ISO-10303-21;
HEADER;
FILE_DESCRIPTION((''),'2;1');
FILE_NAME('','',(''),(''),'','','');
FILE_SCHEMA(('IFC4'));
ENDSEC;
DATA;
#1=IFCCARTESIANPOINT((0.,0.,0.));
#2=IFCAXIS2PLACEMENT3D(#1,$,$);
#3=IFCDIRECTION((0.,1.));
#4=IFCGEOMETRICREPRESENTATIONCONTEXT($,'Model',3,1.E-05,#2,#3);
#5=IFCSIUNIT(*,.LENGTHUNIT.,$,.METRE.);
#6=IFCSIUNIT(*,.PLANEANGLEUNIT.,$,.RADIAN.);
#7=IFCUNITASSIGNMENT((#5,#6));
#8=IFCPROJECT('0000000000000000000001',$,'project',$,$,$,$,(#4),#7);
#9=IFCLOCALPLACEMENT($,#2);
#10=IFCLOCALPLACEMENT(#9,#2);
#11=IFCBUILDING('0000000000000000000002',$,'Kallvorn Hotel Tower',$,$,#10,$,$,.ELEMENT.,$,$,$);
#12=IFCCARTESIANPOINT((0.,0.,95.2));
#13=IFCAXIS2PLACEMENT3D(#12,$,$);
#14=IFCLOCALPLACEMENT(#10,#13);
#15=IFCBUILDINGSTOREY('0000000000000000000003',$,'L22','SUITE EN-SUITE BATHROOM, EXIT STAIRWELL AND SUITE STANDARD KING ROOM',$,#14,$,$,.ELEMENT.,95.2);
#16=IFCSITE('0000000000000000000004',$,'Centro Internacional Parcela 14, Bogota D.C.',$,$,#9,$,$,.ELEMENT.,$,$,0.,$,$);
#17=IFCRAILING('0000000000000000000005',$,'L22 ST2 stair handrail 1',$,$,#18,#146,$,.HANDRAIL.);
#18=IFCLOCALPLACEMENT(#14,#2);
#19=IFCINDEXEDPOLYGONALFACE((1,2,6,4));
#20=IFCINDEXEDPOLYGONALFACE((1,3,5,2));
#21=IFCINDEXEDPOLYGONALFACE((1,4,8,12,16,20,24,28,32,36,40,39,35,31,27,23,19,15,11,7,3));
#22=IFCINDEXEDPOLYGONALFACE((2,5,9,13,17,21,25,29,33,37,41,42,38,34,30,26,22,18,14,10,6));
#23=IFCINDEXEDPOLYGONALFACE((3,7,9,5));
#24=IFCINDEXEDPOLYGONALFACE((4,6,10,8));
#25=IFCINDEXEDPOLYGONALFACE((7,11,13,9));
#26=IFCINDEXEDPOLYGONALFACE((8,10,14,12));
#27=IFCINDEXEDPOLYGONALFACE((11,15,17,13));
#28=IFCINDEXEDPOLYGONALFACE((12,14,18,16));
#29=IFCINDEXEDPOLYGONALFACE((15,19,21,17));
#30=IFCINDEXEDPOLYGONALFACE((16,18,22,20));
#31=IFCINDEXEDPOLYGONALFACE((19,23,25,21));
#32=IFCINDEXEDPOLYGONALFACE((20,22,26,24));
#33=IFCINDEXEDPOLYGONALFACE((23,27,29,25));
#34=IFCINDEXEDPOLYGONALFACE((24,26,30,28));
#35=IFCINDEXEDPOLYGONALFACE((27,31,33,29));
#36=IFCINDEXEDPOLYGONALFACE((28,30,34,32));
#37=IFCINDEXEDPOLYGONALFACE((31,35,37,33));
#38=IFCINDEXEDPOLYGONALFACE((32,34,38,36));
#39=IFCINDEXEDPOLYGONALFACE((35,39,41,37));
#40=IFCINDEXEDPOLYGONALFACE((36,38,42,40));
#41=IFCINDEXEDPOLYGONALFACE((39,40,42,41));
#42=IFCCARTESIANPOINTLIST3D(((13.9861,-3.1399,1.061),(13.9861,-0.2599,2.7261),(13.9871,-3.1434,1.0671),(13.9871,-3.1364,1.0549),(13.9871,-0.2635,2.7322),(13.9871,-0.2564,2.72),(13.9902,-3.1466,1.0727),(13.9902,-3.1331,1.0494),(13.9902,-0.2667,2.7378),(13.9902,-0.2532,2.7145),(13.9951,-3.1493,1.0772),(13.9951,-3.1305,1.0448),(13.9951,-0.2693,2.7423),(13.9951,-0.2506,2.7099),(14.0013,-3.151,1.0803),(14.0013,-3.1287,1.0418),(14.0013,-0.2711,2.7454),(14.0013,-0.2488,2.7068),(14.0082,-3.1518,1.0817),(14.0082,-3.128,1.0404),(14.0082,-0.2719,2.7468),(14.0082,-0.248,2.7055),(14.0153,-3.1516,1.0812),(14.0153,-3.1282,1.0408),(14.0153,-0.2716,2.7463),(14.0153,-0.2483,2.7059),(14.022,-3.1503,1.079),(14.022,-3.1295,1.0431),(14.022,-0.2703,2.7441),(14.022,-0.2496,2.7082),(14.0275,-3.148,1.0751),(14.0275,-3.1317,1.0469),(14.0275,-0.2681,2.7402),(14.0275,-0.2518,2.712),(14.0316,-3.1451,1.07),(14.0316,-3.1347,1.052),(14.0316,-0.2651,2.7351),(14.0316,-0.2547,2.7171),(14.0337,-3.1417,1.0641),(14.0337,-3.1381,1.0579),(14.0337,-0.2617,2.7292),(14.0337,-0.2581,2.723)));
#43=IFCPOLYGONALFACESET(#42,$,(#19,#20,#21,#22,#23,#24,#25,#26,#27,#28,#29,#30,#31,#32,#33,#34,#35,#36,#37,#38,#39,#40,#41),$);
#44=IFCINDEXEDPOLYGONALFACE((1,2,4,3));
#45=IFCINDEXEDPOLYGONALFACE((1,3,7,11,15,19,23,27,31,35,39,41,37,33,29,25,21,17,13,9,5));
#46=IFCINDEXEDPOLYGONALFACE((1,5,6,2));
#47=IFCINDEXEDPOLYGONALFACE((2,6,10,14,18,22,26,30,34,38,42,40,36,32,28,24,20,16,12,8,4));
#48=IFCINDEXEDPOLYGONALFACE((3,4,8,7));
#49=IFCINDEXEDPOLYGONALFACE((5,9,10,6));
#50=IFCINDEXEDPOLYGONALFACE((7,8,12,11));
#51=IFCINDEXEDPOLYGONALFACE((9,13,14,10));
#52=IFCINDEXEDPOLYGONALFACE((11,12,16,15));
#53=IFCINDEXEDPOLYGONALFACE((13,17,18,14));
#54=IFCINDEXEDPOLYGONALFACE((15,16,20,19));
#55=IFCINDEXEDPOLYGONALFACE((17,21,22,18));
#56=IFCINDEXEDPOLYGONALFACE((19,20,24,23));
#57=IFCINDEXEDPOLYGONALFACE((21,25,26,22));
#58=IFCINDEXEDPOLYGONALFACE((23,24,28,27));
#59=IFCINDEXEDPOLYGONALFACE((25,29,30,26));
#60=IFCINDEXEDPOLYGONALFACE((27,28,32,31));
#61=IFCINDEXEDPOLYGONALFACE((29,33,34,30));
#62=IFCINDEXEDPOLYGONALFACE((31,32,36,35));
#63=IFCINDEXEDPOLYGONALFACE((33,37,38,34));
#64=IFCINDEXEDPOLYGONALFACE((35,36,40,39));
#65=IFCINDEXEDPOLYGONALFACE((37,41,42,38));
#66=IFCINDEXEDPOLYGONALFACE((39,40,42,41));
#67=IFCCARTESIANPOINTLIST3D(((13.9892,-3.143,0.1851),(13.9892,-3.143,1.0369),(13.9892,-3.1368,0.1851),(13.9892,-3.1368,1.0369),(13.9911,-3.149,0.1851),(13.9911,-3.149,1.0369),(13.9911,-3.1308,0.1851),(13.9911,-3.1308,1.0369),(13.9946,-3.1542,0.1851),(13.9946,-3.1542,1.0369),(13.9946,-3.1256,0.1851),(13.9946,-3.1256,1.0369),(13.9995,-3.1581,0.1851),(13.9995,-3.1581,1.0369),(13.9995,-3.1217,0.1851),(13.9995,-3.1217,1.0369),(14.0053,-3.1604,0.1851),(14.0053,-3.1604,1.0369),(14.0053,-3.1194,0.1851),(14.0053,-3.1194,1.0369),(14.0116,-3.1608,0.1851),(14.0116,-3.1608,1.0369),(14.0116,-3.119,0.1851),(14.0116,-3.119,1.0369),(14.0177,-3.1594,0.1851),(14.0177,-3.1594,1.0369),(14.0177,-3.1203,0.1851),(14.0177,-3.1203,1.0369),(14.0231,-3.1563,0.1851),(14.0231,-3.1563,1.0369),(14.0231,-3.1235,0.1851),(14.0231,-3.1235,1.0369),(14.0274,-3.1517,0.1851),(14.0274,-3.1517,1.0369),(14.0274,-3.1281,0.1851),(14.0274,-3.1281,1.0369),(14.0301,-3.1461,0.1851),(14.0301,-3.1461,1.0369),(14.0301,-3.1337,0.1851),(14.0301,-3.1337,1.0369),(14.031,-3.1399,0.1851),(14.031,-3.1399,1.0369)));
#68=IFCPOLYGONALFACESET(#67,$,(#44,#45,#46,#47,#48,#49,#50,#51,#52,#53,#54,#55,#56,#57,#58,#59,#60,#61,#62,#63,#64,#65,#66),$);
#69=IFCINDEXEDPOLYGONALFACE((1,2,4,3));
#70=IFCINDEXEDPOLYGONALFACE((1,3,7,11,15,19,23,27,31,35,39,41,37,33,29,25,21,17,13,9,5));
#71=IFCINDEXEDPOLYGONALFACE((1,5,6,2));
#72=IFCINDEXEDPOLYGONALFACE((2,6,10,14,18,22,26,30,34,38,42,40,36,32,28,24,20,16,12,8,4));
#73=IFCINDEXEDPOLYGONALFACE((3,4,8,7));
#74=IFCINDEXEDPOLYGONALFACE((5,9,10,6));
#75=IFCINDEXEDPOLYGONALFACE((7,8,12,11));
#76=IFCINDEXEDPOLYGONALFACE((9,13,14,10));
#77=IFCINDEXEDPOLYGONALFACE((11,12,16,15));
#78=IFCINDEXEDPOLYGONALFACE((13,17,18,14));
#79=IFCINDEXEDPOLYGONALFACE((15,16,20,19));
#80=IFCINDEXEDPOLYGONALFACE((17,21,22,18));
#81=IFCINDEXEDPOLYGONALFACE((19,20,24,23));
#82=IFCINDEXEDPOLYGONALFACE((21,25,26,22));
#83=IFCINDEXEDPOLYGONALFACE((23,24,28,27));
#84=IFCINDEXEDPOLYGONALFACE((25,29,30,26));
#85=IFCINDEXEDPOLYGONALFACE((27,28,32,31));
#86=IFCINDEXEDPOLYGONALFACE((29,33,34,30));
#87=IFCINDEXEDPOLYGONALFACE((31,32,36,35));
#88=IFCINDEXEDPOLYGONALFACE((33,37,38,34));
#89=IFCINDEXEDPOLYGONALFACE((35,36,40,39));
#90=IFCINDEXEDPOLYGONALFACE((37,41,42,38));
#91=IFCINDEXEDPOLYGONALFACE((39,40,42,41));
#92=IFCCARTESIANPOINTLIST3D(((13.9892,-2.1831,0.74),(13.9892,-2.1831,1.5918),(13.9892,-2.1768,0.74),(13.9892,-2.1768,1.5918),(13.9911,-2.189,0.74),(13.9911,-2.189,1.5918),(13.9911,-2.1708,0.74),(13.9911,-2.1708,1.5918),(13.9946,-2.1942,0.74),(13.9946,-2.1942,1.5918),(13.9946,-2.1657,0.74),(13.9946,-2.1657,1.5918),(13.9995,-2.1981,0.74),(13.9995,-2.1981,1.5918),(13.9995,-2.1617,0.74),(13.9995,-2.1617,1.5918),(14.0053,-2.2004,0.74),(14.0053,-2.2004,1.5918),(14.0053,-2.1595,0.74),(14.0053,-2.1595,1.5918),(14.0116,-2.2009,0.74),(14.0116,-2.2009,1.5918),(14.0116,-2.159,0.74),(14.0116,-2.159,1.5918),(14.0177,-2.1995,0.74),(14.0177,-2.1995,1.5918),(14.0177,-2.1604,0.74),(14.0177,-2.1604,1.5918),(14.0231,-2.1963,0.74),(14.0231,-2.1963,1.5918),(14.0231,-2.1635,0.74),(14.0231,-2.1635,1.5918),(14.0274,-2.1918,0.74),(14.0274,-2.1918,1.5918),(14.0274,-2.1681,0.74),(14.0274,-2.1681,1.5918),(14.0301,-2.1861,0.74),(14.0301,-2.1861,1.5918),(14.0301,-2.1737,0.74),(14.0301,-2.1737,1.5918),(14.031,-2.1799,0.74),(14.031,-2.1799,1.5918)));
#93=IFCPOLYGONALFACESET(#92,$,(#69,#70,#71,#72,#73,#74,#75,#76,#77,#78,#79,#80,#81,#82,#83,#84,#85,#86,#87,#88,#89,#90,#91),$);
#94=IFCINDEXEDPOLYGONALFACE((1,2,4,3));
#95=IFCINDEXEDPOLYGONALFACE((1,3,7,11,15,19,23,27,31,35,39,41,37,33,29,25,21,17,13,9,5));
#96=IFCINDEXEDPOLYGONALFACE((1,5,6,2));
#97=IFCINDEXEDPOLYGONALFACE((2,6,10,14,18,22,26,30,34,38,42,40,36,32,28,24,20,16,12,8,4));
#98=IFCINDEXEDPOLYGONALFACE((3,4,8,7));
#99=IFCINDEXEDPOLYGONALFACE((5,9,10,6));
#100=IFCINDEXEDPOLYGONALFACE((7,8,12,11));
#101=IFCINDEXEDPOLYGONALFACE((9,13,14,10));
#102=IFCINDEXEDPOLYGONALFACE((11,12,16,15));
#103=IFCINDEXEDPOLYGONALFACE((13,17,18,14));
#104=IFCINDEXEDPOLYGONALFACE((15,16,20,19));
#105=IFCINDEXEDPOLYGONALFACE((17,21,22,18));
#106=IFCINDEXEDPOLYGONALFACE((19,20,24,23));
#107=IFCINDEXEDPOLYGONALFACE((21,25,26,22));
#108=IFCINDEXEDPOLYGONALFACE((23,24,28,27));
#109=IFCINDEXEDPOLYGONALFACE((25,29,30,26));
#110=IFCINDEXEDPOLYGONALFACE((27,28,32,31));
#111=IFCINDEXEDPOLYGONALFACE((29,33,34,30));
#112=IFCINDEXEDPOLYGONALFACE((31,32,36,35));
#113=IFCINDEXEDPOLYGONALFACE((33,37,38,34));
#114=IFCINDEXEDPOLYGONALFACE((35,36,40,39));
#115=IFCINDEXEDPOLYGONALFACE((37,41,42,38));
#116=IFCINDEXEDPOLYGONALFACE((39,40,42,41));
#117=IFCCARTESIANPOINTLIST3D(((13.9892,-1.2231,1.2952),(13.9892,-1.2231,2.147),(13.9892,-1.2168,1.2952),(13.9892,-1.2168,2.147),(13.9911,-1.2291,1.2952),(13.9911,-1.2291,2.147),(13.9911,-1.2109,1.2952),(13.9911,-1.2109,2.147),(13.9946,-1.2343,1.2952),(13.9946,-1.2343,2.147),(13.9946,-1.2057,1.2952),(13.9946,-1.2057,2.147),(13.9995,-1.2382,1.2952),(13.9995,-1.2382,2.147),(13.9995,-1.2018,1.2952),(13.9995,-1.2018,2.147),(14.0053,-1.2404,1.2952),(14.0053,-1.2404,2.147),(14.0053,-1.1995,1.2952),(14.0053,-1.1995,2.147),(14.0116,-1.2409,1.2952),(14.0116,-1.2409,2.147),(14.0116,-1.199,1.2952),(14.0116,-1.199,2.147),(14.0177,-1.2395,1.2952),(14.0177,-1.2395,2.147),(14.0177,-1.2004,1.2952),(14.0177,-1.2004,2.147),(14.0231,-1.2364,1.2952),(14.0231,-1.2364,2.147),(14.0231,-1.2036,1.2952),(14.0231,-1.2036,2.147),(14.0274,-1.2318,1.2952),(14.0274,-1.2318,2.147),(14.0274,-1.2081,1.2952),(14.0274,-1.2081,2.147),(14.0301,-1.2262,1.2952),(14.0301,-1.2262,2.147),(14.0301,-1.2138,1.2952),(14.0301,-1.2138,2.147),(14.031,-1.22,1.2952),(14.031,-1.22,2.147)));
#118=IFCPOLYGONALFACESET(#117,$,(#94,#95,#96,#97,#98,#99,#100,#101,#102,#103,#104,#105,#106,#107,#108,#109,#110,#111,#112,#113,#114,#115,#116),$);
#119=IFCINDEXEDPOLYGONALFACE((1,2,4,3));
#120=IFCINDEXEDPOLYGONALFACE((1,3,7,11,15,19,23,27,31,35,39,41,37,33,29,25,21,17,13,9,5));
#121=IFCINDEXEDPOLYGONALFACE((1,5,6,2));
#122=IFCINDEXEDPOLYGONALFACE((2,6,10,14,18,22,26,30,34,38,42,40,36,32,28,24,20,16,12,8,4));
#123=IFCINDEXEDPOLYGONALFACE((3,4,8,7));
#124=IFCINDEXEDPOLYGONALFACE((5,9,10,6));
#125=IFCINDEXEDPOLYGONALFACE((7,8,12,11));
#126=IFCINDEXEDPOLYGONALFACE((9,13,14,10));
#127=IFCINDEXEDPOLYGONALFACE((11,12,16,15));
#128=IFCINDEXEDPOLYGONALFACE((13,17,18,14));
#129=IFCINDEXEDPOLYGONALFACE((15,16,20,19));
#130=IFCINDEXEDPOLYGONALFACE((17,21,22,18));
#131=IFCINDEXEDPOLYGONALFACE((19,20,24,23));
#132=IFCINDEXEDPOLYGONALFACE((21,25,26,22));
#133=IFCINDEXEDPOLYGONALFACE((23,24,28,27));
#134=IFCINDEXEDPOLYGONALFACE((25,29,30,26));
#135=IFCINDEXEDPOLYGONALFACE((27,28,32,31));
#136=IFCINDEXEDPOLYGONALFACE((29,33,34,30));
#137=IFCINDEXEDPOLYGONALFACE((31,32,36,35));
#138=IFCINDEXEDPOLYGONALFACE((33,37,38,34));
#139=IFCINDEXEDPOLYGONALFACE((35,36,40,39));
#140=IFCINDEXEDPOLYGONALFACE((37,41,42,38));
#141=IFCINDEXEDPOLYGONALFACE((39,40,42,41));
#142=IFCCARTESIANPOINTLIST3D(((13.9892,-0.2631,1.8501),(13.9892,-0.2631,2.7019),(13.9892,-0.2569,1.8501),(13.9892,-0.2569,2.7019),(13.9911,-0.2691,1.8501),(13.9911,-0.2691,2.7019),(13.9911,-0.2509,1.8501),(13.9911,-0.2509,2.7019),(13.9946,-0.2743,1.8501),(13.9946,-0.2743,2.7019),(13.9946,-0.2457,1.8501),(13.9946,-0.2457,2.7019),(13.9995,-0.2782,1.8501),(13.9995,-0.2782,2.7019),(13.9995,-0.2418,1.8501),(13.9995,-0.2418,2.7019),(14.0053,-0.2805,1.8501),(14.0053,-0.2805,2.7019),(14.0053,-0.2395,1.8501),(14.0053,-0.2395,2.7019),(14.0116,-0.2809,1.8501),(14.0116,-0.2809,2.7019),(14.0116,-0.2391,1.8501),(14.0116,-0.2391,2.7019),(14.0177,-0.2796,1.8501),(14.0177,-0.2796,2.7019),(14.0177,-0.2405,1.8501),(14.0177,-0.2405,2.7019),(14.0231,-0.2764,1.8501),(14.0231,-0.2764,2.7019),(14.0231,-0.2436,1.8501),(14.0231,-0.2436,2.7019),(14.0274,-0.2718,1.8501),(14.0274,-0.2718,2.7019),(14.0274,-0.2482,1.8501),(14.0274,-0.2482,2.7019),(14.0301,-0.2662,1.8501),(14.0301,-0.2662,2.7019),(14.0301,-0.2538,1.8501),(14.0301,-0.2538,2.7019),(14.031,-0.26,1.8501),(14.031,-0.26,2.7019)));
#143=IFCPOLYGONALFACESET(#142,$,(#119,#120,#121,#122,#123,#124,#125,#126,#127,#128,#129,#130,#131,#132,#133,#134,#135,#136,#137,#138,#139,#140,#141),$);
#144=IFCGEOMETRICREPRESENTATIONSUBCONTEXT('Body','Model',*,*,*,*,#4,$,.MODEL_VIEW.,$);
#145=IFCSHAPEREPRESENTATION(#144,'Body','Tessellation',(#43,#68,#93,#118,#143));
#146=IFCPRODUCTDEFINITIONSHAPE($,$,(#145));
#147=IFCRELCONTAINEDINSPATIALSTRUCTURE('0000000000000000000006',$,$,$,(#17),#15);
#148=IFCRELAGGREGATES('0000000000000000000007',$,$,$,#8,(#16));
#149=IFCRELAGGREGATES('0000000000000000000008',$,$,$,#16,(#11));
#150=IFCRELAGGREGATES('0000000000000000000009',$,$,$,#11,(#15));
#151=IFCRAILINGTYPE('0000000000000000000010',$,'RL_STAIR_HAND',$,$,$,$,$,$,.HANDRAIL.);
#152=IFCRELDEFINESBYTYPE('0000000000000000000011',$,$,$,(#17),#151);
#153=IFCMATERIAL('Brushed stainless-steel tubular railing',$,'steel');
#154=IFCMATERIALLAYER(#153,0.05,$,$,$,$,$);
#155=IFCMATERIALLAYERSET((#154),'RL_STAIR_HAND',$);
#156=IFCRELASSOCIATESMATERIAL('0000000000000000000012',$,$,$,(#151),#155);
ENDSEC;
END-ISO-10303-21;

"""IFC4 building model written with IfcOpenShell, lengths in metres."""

from ifc_helpers import new_model, si_unit, direction, frame, origin, origin_2d, place, context, subcontext, project, spatial, circle, extrude, material, layer, layer_set, type_object, element, save


model = new_model("IFC4")

# Units and contexts
model_context = context("Model", 3, precision=1e-05, world=origin(), true_north=direction((0.0, 1.0)))
body_context = subcontext(model_context, "Body", "Model", "MODEL_VIEW")
ifc_project = project(units=[si_unit("LENGTHUNIT", "METRE"), si_unit("PLANEANGLEUNIT", "RADIAN")], contexts=[model_context])

# Site, building, storey
site_placement = place(None, origin())
site = spatial("IfcSite", under=ifc_project, at=site_placement, Name="Centro Internacional Parcela 14, Bogota D.C.", CompositionType="ELEMENT", RefElevation=0.0)
building_placement = place(site_placement, origin())
building = spatial("IfcBuilding", under=site, at=building_placement, Name="Kallvorn Hotel Tower", CompositionType="ELEMENT")
storey_placement = place(building_placement, frame((0.0, 0.0, 95.2)))
storey = spatial("IfcBuildingStorey", under=building, at=storey_placement, Name="L22", Description="SUITE EN-SUITE BATHROOM, EXIT STAIRWELL AND SUITE STANDARD KING ROOM", CompositionType="ELEMENT", Elevation=95.2)

# Railing
ifc_material_1 = material(Name="Brushed stainless-steel tubular railing", Category="steel")
ifc_layer_1 = layer(ifc_material_1, 0.05)
ifc_layer_set_1 = layer_set([ifc_layer_1], Name="RL_STAIR_HAND")
railing_type_1 = type_object("IfcRailingType", Name="RL_STAIR_HAND", PredefinedType="HANDRAIL", material=ifc_layer_set_1)
railing_1_placement = place(storey_placement, frame((14.01, -3.1399, 0.1851)))
element("IfcRailing", 1, at=railing_1_placement, inside=storey, type_object=railing_type_1, Name="L22 ST2 stair handrail 1", PredefinedType="HANDRAIL", context=body_context, shape_type="SweptSolid", body=[
    extrude(circle(Radius=0.0239, at=origin_2d()), frame((0.0, 0.0, 0.876), z_axis=(0.0, 0.865721, 0.500527), x_axis=(-1.0, 0.0, 0.0)), (0.0, 0.0, 1.0), 3.3267),
    extrude(circle(Radius=0.021, at=origin_2d()), origin(), (0.0, 0.0, 1.0), 0.8518),
    extrude(circle(Radius=0.021, at=origin_2d()), frame((0.0, 0.96, 0.5549)), (0.0, 0.0, 1.0), 0.8518),
    extrude(circle(Radius=0.021, at=origin_2d()), frame((0.0, 1.9199, 1.1101)), (0.0, 0.0, 1.0), 0.8518),
    extrude(circle(Radius=0.021, at=origin_2d()), frame((0.0, 2.8799, 1.665)), (0.0, 0.0, 1.0), 0.8518),
])

save(model, "model.ifc")
